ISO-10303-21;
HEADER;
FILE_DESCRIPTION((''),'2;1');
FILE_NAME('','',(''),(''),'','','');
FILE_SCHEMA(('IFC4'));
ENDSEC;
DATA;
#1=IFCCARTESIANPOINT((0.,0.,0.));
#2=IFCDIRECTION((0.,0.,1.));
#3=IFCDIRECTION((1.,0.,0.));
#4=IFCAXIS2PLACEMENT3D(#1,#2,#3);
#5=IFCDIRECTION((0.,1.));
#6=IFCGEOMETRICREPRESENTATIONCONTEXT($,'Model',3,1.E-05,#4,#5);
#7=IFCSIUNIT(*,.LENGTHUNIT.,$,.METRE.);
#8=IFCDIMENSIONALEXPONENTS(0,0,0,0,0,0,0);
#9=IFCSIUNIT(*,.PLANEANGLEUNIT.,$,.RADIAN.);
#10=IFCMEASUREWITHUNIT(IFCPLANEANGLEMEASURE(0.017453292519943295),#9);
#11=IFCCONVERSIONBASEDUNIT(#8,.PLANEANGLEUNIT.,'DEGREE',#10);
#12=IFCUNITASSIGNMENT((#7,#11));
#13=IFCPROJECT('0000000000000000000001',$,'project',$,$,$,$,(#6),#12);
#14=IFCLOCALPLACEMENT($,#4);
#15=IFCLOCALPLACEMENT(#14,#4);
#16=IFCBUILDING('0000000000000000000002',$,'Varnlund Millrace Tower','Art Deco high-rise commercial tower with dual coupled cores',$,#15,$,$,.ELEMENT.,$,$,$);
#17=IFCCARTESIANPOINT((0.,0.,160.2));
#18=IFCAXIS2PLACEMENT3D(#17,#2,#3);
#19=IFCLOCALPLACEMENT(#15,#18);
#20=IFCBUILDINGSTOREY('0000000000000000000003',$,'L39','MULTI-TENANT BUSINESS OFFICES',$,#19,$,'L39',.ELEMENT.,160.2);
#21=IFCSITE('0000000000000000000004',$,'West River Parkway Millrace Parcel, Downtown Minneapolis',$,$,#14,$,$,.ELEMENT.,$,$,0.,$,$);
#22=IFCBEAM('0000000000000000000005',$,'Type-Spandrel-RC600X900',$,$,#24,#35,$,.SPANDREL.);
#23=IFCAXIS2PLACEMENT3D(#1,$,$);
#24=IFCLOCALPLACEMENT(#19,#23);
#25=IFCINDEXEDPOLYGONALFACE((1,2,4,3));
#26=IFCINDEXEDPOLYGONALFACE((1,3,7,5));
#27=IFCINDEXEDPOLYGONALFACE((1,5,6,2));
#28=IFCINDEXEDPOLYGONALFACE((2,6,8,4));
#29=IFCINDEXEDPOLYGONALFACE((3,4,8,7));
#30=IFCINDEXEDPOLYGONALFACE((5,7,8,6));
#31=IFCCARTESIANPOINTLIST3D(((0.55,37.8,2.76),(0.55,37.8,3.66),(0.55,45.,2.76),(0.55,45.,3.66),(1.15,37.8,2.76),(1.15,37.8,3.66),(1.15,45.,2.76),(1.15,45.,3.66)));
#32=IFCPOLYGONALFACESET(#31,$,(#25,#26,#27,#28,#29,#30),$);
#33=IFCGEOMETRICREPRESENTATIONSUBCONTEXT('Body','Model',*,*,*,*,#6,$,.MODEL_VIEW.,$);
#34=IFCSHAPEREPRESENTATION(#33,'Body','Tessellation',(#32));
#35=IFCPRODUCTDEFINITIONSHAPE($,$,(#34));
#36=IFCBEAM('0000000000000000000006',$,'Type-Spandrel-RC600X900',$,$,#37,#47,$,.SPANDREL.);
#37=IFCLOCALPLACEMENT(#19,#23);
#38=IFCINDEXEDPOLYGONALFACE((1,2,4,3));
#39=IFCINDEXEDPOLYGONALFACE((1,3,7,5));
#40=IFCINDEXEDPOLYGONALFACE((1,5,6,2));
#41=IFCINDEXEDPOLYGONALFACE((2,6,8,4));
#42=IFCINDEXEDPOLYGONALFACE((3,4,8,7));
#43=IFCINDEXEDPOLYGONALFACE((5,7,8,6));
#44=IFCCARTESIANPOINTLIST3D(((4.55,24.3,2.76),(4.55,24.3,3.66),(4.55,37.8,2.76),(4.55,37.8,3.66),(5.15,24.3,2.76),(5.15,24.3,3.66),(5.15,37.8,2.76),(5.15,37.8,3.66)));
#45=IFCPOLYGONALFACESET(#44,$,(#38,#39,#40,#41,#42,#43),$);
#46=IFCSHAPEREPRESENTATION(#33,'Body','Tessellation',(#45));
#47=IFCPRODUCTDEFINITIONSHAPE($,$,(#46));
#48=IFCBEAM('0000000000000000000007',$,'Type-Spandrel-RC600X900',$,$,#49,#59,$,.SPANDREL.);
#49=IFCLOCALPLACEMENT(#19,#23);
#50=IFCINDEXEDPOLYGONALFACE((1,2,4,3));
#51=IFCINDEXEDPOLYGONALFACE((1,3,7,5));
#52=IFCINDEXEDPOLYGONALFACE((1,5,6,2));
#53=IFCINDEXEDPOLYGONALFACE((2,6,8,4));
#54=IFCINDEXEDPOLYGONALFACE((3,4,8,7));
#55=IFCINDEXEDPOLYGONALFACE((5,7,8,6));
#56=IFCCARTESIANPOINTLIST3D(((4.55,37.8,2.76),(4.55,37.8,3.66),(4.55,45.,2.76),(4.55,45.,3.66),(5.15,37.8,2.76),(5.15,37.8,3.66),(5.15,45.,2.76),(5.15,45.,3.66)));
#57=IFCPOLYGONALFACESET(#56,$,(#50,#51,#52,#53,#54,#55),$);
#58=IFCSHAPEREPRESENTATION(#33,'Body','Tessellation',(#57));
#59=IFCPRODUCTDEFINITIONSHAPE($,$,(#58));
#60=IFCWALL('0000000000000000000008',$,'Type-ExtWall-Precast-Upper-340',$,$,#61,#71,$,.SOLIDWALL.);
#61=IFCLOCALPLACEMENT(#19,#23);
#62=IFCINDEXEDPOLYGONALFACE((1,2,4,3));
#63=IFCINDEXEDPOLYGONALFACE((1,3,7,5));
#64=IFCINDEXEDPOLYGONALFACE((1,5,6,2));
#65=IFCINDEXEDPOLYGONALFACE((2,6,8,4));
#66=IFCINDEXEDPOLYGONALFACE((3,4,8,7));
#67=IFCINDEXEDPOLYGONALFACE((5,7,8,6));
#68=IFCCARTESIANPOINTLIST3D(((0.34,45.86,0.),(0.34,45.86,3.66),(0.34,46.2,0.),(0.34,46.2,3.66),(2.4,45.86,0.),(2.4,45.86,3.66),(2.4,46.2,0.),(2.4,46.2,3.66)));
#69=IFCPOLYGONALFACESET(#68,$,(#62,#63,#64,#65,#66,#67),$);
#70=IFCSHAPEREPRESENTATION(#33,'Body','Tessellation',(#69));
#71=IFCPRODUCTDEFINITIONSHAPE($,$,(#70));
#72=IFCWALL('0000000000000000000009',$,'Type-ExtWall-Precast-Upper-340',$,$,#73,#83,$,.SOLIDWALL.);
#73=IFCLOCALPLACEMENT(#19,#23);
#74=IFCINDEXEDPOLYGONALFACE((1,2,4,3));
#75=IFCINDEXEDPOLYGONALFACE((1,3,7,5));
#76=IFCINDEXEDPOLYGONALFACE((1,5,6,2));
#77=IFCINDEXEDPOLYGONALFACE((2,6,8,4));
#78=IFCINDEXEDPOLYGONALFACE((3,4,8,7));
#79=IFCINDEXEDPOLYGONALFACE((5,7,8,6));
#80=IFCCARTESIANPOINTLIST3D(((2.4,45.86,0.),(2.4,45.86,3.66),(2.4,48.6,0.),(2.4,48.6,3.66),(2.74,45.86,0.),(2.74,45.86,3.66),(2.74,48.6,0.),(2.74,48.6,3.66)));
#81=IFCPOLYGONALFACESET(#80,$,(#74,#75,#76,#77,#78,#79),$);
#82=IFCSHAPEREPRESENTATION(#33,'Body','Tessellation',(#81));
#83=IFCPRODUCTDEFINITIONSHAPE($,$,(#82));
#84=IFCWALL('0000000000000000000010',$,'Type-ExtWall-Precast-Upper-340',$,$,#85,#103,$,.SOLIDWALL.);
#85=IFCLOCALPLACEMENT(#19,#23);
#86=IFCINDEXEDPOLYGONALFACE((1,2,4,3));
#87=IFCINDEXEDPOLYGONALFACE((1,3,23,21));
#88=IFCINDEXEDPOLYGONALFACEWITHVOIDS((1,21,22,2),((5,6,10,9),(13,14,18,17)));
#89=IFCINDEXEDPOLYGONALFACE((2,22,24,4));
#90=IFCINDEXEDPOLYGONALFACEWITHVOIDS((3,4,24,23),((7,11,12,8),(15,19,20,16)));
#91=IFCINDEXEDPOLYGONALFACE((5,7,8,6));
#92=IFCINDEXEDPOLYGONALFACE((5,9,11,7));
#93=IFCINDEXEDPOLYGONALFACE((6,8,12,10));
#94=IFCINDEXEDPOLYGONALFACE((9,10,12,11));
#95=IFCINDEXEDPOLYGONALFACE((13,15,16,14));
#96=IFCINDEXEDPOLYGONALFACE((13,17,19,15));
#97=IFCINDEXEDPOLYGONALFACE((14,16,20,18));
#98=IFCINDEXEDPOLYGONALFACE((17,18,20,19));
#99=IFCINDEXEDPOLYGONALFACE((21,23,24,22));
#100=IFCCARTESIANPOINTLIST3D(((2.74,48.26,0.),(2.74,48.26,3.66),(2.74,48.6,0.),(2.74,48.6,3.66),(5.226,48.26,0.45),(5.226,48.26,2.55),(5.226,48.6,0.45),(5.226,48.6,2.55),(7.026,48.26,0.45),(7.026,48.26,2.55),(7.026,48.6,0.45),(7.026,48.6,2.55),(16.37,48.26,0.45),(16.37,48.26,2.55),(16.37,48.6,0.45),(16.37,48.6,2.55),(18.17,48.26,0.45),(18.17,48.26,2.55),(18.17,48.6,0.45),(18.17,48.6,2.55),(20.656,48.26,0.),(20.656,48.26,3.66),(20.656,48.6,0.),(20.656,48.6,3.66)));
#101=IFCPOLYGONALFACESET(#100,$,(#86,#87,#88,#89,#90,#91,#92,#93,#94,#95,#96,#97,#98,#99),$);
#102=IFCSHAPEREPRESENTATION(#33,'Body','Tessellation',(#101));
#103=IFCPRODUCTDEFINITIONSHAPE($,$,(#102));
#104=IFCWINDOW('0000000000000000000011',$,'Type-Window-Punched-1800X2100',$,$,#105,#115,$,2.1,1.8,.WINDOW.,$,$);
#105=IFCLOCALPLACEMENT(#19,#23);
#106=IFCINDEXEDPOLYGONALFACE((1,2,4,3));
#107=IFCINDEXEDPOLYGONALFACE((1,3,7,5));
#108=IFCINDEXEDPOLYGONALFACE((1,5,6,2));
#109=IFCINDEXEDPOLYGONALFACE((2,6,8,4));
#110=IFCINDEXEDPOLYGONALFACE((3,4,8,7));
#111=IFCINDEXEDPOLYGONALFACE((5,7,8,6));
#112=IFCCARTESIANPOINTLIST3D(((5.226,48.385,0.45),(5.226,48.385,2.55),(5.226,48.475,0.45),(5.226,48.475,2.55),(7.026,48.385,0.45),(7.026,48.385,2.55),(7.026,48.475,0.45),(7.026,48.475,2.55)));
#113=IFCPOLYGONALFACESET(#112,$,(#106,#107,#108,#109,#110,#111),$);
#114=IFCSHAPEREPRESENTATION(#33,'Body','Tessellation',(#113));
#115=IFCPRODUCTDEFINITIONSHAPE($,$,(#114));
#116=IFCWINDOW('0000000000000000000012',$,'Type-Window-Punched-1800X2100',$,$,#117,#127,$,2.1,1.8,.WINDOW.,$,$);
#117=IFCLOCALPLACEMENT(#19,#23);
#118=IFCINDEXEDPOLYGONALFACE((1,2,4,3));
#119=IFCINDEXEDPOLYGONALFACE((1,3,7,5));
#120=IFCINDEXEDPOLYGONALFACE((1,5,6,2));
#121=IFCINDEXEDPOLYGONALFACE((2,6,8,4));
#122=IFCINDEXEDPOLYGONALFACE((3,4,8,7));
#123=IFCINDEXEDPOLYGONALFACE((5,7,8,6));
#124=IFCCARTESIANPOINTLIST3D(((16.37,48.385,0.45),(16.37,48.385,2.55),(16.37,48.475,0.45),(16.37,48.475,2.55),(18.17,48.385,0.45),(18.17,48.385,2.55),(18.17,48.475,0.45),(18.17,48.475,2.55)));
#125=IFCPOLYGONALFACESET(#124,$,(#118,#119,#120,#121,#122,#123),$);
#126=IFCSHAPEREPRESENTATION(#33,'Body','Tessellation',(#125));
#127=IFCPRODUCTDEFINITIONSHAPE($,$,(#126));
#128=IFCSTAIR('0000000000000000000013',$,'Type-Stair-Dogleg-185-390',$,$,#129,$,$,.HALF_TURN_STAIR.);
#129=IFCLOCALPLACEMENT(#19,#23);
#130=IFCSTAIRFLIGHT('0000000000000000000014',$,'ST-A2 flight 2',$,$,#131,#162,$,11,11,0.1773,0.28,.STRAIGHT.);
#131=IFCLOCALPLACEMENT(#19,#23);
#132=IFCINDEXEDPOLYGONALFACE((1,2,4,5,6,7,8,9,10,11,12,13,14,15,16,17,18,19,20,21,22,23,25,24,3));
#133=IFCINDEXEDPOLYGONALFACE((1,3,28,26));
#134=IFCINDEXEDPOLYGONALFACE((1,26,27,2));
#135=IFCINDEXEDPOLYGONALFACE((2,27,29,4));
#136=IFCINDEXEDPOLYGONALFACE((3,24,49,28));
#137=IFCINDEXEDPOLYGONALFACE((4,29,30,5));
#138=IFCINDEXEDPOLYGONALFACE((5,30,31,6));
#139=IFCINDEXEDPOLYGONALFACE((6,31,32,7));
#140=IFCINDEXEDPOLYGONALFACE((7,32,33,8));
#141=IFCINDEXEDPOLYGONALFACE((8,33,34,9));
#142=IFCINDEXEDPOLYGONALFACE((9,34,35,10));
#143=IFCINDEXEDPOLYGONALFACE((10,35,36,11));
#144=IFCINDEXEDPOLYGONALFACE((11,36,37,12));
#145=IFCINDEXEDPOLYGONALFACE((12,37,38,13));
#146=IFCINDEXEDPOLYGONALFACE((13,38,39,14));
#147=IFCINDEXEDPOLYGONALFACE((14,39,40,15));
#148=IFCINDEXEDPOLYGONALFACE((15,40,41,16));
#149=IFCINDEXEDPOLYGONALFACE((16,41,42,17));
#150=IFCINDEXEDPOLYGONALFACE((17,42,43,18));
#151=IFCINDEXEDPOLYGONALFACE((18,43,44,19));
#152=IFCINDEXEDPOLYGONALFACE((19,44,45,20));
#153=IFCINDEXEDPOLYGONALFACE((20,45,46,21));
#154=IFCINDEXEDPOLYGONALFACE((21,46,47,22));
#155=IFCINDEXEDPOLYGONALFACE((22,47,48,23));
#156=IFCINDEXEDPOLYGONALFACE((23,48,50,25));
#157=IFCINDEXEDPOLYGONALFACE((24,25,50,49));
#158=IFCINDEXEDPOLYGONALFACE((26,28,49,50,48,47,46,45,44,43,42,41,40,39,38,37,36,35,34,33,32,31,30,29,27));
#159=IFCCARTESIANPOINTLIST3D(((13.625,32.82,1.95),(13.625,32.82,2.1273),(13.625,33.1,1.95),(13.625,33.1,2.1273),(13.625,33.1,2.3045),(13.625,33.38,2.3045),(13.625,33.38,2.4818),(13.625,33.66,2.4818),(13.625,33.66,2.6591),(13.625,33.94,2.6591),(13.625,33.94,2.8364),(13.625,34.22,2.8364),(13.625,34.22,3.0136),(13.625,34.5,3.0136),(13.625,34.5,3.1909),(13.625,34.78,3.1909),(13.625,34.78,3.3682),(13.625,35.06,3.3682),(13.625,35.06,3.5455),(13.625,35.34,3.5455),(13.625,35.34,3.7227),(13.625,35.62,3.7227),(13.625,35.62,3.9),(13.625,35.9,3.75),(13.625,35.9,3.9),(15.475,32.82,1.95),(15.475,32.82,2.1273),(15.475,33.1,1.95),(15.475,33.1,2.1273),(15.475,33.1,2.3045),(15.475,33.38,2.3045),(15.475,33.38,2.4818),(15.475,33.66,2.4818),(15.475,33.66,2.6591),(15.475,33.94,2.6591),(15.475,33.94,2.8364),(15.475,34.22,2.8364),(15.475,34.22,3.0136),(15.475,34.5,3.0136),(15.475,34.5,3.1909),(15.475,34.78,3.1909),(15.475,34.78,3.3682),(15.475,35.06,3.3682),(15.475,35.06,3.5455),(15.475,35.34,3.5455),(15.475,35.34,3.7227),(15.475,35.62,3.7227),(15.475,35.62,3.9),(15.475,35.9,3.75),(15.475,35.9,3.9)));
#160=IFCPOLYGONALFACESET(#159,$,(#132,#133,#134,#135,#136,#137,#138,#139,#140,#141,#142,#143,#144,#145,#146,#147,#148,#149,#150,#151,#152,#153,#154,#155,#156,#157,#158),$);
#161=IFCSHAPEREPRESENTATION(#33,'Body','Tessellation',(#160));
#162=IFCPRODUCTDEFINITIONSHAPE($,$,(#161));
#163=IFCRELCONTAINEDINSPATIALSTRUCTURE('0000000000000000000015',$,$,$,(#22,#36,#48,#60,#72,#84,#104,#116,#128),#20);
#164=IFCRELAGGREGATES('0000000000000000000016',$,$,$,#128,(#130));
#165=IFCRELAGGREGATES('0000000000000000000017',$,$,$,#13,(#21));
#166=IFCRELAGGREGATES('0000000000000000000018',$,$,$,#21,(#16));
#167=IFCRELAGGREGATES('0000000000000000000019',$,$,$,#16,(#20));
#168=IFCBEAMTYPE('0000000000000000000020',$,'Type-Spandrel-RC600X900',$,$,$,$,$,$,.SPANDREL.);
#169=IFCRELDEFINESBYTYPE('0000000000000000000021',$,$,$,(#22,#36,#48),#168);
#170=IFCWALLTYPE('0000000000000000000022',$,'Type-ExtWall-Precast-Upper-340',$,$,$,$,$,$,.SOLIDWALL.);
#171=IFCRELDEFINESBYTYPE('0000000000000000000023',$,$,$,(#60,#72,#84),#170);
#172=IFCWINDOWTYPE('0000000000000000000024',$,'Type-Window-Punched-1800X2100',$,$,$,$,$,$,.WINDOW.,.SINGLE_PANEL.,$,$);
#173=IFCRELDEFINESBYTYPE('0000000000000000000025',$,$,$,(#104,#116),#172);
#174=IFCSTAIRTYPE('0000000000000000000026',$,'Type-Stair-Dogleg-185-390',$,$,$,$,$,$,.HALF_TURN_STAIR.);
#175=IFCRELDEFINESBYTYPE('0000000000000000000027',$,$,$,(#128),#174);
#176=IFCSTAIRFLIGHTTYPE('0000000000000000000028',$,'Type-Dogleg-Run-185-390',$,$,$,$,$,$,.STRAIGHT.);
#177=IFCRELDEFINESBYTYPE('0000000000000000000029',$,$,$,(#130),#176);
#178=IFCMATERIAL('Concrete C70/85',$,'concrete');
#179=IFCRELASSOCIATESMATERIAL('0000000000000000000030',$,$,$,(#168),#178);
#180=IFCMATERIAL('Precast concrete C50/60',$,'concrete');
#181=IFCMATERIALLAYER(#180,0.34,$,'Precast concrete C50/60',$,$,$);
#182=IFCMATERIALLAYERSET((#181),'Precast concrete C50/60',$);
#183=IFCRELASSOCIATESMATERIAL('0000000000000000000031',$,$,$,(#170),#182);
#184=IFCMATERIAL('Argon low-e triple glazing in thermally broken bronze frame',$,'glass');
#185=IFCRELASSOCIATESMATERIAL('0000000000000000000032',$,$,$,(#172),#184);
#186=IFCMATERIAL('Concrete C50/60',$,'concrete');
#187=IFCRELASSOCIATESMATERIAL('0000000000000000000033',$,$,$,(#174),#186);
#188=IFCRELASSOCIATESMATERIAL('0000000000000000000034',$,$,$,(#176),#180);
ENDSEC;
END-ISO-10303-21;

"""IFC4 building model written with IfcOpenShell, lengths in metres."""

from ifc_helpers import new_model, entity, si_unit, converted_unit, direction, frame, origin_with_axes, origin_2d_with_axis, place, context, subcontext, project, spatial, polyline, rectangle, outline, extrude, material, layer, layer_set, material_profile, profile_set, type_object, element, fill, aggregate, save


model = new_model("IFC4")

# Units and contexts
model_context = context("Model", 3, precision=1e-05, world=origin_with_axes(), true_north=direction((0.0, 1.0)))
body_context = subcontext(model_context, "Body", "Model", "MODEL_VIEW")
ifc_project = project(units=[si_unit("LENGTHUNIT", "METRE"), converted_unit("PLANEANGLEUNIT", "DEGREE", entity("IfcPlaneAngleMeasure", 0.017453292519943295), si_unit("PLANEANGLEUNIT", "RADIAN"), dimensions=[0, 0, 0, 0, 0, 0, 0])], contexts=[model_context])

# Site, building, storey
site_placement = place(None, origin_with_axes())
site = spatial("IfcSite", under=ifc_project, at=site_placement, Name="West River Parkway Millrace Parcel, Downtown Minneapolis", CompositionType="ELEMENT", RefElevation=0.0)
building_placement = place(site_placement, origin_with_axes())
building = spatial("IfcBuilding", under=site, at=building_placement, Name="Varnlund Millrace Tower", Description="Art Deco high-rise commercial tower with dual coupled cores", CompositionType="ELEMENT")
storey_placement = place(building_placement, frame((0.0, 0.0, 160.2), z_axis=(0.0, 0.0, 1.0), x_axis=(1.0, 0.0, 0.0)))
storey = spatial("IfcBuildingStorey", under=building, at=storey_placement, Name="L39", Description="MULTI-TENANT BUSINESS OFFICES", LongName="L39", CompositionType="ELEMENT", Elevation=160.2)

# Beams
ifc_material_1 = material(Name="Concrete C70/85", Category="concrete")
ifc_material_profile_1 = material_profile(ifc_material_1, rectangle(XDim=0.6, YDim=0.9, at=origin_2d_with_axis()), Name="Concrete C70/85")
ifc_profile_set_1 = profile_set([ifc_material_profile_1], Name="Concrete C70/85")
beam_type_1 = type_object("IfcBeamType", Name="Type-Spandrel-RC600X900", PredefinedType="SPANDREL", material=ifc_profile_set_1)
beam_1_placement = place(storey_placement, frame((0.85, 37.8, 3.21), z_axis=(0.0, 1.0, 0.0), x_axis=(-1.0, 0.0, 0.0)))
element("IfcBeam", 1, at=beam_1_placement, inside=storey, type_object=beam_type_1, Name="Type-Spandrel-RC600X900", PredefinedType="SPANDREL", context=body_context, shape_type="SweptSolid", body=[
    extrude(rectangle(XDim=0.6, YDim=0.9, at=origin_2d_with_axis()), origin_with_axes(), (0.0, 0.0, 1.0), 7.2),
])
beam_2_placement = place(storey_placement, frame((4.85, 24.3, 3.21), z_axis=(0.0, 1.0, 0.0), x_axis=(-1.0, 0.0, 0.0)))
element("IfcBeam", 2, at=beam_2_placement, inside=storey, type_object=beam_type_1, Name="Type-Spandrel-RC600X900", PredefinedType="SPANDREL", context=body_context, shape_type="SweptSolid", body=[
    extrude(rectangle(XDim=0.6, YDim=0.9, at=origin_2d_with_axis()), origin_with_axes(), (0.0, 0.0, 1.0), 13.5),
])
beam_3_placement = place(storey_placement, frame((4.85, 37.8, 3.21), z_axis=(0.0, 1.0, 0.0), x_axis=(-1.0, 0.0, 0.0)))
element("IfcBeam", 3, at=beam_3_placement, inside=storey, type_object=beam_type_1, Name="Type-Spandrel-RC600X900", PredefinedType="SPANDREL", context=body_context, shape_type="SweptSolid", body=[
    extrude(rectangle(XDim=0.6, YDim=0.9, at=origin_2d_with_axis()), origin_with_axes(), (0.0, 0.0, 1.0), 7.2),
])

# Walls
ifc_material_2 = material(Name="Precast concrete C50/60", Category="concrete")
ifc_layer = layer(ifc_material_2, 0.34, Name="Precast concrete C50/60")
ifc_layer_set = layer_set([ifc_layer], Name="Precast concrete C50/60")
wall_type = type_object("IfcWallType", Name="Type-ExtWall-Precast-Upper-340", PredefinedType="SOLIDWALL", material=ifc_layer_set)
wall_1_placement = place(storey_placement, frame((0.34, 46.03, 0.0), z_axis=(0.0, 0.0, 1.0), x_axis=(1.0, 0.0, 0.0)))
element("IfcWall", 4, at=wall_1_placement, inside=storey, type_object=wall_type, Name="Type-ExtWall-Precast-Upper-340", PredefinedType="SOLIDWALL", context=body_context, shape_type="SweptSolid", body=[
    extrude(outline(polyline([(0.0, -0.17), (2.06, -0.17), (2.06, 0.17), (0.0, 0.17), (0.0, -0.17)])), origin_with_axes(), (0.0, 0.0, 1.0), 3.66),
])
wall_2_placement = place(storey_placement, frame((2.57, 45.86, 0.0), z_axis=(0.0, 0.0, 1.0), x_axis=(0.0, 1.0, 0.0)))
element("IfcWall", 5, at=wall_2_placement, inside=storey, type_object=wall_type, Name="Type-ExtWall-Precast-Upper-340", PredefinedType="SOLIDWALL", context=body_context, shape_type="SweptSolid", body=[
    extrude(outline(polyline([(0.0, -0.17), (2.74, -0.17), (2.74, 0.17), (0.0, 0.17), (0.0, -0.17)])), origin_with_axes(), (0.0, 0.0, 1.0), 3.66),
])

# Wall, openings, windows
wall_3_placement = place(storey_placement, frame((2.74, 48.43, 0.0), z_axis=(0.0, 0.0, 1.0), x_axis=(1.0, 0.0, 0.0)))
wall_3 = element("IfcWall", 6, at=wall_3_placement, inside=storey, type_object=wall_type, Name="Type-ExtWall-Precast-Upper-340", PredefinedType="SOLIDWALL", context=body_context, shape_type="SweptSolid", body=[
    extrude(outline(polyline([(0.0, -0.17), (17.916, -0.17), (17.916, 0.17), (0.0, 0.17), (0.0, -0.17)])), origin_with_axes(), (0.0, 0.0, 1.0), 3.66),
])
opening_1_placement = place(wall_3_placement, frame((3.386, 0.0, 0.45), z_axis=(0.0, 0.0, 1.0), x_axis=(1.0, 0.0, 0.0)))
opening_1 = element("IfcOpeningElement", 7, at=opening_1_placement, cuts=wall_3, PredefinedType="OPENING", context=body_context, shape_type="SweptSolid", body=[
    extrude(rectangle(XDim=1.8, YDim=0.36, at=origin_2d_with_axis()), origin_with_axes(), (0.0, 0.0, 1.0), 2.1),
])
opening_2_placement = place(wall_3_placement, frame((14.53, 0.0, 0.45), z_axis=(0.0, 0.0, 1.0), x_axis=(1.0, 0.0, 0.0)))
opening_2 = element("IfcOpeningElement", 8, at=opening_2_placement, cuts=wall_3, PredefinedType="OPENING", context=body_context, shape_type="SweptSolid", body=[
    extrude(rectangle(XDim=1.8, YDim=0.36, at=origin_2d_with_axis()), origin_with_axes(), (0.0, 0.0, 1.0), 2.1),
])
ifc_material_3 = material(Name="Argon low-e triple glazing in thermally broken bronze frame", Category="glass")
window_type = type_object("IfcWindowType", Name="Type-Window-Punched-1800X2100", PartitioningType="SINGLE_PANEL", PredefinedType="WINDOW", material=ifc_material_3)
window_1_placement = place(wall_3_placement, frame((3.386, 0.0, 0.45), z_axis=(0.0, 0.0, 1.0), x_axis=(1.0, 0.0, 0.0)))
window_1 = element("IfcWindow", 9, at=window_1_placement, inside=storey, type_object=window_type, Name="Type-Window-Punched-1800X2100", OverallHeight=2.1, OverallWidth=1.8, PredefinedType="WINDOW", context=body_context, shape_type="SweptSolid", body=[
    extrude(rectangle(XDim=1.8, YDim=0.09, at=origin_2d_with_axis()), origin_with_axes(), (0.0, 0.0, 1.0), 2.1),
])
fill(opening_1, window_1)
window_2_placement = place(wall_3_placement, frame((14.53, 0.0, 0.45), z_axis=(0.0, 0.0, 1.0), x_axis=(1.0, 0.0, 0.0)))
window_2 = element("IfcWindow", 10, at=window_2_placement, inside=storey, type_object=window_type, Name="Type-Window-Punched-1800X2100", OverallHeight=2.1, OverallWidth=1.8, PredefinedType="WINDOW", context=body_context, shape_type="SweptSolid", body=[
    extrude(rectangle(XDim=1.8, YDim=0.09, at=origin_2d_with_axis()), origin_with_axes(), (0.0, 0.0, 1.0), 2.1),
])
fill(opening_2, window_2)

# Stair, stair flight
ifc_material_4 = material(Name="Concrete C50/60", Category="concrete")
stair_type = type_object("IfcStairType", Name="Type-Stair-Dogleg-185-390", PredefinedType="HALF_TURN_STAIR", material=ifc_material_4)
stair_placement = place(storey_placement, origin_with_axes())
stair = element("IfcStair", 11, at=stair_placement, inside=storey, type_object=stair_type, Name="Type-Stair-Dogleg-185-390", PredefinedType="HALF_TURN_STAIR")
stair_flight_type = type_object("IfcStairFlightType", Name="Type-Dogleg-Run-185-390", PredefinedType="STRAIGHT", material=ifc_material_2)
stair_flight_placement = place(storey_placement, frame((13.625, 32.82, 1.95), z_axis=(1.0, 0.0, 0.0), x_axis=(0.0, 1.0, 0.0)))
stair_flight = element("IfcStairFlight", 12, at=stair_flight_placement, type_object=stair_flight_type, Name="ST-A2 flight 2", NumberOfRisers=11, NumberOfTreads=11, PredefinedType="STRAIGHT", RiserHeight=0.1773, TreadLength=0.28, context=body_context, shape_type="SweptSolid", body=[
    extrude(outline(polyline([(0.0, 0.0), (0.0, 0.1773), (0.28, 0.1773), (0.28, 0.3545), (0.56, 0.3545), (0.56, 0.5318), (0.84, 0.5318), (0.84, 0.7091), (1.12, 0.7091), (1.12, 0.8864), (1.4, 0.8864), (1.4, 1.0636), (1.68, 1.0636), (1.68, 1.2409), (1.96, 1.2409), (1.96, 1.4182), (2.24, 1.4182), (2.24, 1.5955), (2.52, 1.5955), (2.52, 1.7727), (2.8, 1.7727), (2.8, 1.95), (3.08, 1.95), (3.08, 1.8), (0.28, 0.0), (0.0, 0.0)])), origin_with_axes(), (0.0, 0.0, 1.0), 1.85),
])
aggregate(stair, [stair_flight])

save(model, "model.ifc")
